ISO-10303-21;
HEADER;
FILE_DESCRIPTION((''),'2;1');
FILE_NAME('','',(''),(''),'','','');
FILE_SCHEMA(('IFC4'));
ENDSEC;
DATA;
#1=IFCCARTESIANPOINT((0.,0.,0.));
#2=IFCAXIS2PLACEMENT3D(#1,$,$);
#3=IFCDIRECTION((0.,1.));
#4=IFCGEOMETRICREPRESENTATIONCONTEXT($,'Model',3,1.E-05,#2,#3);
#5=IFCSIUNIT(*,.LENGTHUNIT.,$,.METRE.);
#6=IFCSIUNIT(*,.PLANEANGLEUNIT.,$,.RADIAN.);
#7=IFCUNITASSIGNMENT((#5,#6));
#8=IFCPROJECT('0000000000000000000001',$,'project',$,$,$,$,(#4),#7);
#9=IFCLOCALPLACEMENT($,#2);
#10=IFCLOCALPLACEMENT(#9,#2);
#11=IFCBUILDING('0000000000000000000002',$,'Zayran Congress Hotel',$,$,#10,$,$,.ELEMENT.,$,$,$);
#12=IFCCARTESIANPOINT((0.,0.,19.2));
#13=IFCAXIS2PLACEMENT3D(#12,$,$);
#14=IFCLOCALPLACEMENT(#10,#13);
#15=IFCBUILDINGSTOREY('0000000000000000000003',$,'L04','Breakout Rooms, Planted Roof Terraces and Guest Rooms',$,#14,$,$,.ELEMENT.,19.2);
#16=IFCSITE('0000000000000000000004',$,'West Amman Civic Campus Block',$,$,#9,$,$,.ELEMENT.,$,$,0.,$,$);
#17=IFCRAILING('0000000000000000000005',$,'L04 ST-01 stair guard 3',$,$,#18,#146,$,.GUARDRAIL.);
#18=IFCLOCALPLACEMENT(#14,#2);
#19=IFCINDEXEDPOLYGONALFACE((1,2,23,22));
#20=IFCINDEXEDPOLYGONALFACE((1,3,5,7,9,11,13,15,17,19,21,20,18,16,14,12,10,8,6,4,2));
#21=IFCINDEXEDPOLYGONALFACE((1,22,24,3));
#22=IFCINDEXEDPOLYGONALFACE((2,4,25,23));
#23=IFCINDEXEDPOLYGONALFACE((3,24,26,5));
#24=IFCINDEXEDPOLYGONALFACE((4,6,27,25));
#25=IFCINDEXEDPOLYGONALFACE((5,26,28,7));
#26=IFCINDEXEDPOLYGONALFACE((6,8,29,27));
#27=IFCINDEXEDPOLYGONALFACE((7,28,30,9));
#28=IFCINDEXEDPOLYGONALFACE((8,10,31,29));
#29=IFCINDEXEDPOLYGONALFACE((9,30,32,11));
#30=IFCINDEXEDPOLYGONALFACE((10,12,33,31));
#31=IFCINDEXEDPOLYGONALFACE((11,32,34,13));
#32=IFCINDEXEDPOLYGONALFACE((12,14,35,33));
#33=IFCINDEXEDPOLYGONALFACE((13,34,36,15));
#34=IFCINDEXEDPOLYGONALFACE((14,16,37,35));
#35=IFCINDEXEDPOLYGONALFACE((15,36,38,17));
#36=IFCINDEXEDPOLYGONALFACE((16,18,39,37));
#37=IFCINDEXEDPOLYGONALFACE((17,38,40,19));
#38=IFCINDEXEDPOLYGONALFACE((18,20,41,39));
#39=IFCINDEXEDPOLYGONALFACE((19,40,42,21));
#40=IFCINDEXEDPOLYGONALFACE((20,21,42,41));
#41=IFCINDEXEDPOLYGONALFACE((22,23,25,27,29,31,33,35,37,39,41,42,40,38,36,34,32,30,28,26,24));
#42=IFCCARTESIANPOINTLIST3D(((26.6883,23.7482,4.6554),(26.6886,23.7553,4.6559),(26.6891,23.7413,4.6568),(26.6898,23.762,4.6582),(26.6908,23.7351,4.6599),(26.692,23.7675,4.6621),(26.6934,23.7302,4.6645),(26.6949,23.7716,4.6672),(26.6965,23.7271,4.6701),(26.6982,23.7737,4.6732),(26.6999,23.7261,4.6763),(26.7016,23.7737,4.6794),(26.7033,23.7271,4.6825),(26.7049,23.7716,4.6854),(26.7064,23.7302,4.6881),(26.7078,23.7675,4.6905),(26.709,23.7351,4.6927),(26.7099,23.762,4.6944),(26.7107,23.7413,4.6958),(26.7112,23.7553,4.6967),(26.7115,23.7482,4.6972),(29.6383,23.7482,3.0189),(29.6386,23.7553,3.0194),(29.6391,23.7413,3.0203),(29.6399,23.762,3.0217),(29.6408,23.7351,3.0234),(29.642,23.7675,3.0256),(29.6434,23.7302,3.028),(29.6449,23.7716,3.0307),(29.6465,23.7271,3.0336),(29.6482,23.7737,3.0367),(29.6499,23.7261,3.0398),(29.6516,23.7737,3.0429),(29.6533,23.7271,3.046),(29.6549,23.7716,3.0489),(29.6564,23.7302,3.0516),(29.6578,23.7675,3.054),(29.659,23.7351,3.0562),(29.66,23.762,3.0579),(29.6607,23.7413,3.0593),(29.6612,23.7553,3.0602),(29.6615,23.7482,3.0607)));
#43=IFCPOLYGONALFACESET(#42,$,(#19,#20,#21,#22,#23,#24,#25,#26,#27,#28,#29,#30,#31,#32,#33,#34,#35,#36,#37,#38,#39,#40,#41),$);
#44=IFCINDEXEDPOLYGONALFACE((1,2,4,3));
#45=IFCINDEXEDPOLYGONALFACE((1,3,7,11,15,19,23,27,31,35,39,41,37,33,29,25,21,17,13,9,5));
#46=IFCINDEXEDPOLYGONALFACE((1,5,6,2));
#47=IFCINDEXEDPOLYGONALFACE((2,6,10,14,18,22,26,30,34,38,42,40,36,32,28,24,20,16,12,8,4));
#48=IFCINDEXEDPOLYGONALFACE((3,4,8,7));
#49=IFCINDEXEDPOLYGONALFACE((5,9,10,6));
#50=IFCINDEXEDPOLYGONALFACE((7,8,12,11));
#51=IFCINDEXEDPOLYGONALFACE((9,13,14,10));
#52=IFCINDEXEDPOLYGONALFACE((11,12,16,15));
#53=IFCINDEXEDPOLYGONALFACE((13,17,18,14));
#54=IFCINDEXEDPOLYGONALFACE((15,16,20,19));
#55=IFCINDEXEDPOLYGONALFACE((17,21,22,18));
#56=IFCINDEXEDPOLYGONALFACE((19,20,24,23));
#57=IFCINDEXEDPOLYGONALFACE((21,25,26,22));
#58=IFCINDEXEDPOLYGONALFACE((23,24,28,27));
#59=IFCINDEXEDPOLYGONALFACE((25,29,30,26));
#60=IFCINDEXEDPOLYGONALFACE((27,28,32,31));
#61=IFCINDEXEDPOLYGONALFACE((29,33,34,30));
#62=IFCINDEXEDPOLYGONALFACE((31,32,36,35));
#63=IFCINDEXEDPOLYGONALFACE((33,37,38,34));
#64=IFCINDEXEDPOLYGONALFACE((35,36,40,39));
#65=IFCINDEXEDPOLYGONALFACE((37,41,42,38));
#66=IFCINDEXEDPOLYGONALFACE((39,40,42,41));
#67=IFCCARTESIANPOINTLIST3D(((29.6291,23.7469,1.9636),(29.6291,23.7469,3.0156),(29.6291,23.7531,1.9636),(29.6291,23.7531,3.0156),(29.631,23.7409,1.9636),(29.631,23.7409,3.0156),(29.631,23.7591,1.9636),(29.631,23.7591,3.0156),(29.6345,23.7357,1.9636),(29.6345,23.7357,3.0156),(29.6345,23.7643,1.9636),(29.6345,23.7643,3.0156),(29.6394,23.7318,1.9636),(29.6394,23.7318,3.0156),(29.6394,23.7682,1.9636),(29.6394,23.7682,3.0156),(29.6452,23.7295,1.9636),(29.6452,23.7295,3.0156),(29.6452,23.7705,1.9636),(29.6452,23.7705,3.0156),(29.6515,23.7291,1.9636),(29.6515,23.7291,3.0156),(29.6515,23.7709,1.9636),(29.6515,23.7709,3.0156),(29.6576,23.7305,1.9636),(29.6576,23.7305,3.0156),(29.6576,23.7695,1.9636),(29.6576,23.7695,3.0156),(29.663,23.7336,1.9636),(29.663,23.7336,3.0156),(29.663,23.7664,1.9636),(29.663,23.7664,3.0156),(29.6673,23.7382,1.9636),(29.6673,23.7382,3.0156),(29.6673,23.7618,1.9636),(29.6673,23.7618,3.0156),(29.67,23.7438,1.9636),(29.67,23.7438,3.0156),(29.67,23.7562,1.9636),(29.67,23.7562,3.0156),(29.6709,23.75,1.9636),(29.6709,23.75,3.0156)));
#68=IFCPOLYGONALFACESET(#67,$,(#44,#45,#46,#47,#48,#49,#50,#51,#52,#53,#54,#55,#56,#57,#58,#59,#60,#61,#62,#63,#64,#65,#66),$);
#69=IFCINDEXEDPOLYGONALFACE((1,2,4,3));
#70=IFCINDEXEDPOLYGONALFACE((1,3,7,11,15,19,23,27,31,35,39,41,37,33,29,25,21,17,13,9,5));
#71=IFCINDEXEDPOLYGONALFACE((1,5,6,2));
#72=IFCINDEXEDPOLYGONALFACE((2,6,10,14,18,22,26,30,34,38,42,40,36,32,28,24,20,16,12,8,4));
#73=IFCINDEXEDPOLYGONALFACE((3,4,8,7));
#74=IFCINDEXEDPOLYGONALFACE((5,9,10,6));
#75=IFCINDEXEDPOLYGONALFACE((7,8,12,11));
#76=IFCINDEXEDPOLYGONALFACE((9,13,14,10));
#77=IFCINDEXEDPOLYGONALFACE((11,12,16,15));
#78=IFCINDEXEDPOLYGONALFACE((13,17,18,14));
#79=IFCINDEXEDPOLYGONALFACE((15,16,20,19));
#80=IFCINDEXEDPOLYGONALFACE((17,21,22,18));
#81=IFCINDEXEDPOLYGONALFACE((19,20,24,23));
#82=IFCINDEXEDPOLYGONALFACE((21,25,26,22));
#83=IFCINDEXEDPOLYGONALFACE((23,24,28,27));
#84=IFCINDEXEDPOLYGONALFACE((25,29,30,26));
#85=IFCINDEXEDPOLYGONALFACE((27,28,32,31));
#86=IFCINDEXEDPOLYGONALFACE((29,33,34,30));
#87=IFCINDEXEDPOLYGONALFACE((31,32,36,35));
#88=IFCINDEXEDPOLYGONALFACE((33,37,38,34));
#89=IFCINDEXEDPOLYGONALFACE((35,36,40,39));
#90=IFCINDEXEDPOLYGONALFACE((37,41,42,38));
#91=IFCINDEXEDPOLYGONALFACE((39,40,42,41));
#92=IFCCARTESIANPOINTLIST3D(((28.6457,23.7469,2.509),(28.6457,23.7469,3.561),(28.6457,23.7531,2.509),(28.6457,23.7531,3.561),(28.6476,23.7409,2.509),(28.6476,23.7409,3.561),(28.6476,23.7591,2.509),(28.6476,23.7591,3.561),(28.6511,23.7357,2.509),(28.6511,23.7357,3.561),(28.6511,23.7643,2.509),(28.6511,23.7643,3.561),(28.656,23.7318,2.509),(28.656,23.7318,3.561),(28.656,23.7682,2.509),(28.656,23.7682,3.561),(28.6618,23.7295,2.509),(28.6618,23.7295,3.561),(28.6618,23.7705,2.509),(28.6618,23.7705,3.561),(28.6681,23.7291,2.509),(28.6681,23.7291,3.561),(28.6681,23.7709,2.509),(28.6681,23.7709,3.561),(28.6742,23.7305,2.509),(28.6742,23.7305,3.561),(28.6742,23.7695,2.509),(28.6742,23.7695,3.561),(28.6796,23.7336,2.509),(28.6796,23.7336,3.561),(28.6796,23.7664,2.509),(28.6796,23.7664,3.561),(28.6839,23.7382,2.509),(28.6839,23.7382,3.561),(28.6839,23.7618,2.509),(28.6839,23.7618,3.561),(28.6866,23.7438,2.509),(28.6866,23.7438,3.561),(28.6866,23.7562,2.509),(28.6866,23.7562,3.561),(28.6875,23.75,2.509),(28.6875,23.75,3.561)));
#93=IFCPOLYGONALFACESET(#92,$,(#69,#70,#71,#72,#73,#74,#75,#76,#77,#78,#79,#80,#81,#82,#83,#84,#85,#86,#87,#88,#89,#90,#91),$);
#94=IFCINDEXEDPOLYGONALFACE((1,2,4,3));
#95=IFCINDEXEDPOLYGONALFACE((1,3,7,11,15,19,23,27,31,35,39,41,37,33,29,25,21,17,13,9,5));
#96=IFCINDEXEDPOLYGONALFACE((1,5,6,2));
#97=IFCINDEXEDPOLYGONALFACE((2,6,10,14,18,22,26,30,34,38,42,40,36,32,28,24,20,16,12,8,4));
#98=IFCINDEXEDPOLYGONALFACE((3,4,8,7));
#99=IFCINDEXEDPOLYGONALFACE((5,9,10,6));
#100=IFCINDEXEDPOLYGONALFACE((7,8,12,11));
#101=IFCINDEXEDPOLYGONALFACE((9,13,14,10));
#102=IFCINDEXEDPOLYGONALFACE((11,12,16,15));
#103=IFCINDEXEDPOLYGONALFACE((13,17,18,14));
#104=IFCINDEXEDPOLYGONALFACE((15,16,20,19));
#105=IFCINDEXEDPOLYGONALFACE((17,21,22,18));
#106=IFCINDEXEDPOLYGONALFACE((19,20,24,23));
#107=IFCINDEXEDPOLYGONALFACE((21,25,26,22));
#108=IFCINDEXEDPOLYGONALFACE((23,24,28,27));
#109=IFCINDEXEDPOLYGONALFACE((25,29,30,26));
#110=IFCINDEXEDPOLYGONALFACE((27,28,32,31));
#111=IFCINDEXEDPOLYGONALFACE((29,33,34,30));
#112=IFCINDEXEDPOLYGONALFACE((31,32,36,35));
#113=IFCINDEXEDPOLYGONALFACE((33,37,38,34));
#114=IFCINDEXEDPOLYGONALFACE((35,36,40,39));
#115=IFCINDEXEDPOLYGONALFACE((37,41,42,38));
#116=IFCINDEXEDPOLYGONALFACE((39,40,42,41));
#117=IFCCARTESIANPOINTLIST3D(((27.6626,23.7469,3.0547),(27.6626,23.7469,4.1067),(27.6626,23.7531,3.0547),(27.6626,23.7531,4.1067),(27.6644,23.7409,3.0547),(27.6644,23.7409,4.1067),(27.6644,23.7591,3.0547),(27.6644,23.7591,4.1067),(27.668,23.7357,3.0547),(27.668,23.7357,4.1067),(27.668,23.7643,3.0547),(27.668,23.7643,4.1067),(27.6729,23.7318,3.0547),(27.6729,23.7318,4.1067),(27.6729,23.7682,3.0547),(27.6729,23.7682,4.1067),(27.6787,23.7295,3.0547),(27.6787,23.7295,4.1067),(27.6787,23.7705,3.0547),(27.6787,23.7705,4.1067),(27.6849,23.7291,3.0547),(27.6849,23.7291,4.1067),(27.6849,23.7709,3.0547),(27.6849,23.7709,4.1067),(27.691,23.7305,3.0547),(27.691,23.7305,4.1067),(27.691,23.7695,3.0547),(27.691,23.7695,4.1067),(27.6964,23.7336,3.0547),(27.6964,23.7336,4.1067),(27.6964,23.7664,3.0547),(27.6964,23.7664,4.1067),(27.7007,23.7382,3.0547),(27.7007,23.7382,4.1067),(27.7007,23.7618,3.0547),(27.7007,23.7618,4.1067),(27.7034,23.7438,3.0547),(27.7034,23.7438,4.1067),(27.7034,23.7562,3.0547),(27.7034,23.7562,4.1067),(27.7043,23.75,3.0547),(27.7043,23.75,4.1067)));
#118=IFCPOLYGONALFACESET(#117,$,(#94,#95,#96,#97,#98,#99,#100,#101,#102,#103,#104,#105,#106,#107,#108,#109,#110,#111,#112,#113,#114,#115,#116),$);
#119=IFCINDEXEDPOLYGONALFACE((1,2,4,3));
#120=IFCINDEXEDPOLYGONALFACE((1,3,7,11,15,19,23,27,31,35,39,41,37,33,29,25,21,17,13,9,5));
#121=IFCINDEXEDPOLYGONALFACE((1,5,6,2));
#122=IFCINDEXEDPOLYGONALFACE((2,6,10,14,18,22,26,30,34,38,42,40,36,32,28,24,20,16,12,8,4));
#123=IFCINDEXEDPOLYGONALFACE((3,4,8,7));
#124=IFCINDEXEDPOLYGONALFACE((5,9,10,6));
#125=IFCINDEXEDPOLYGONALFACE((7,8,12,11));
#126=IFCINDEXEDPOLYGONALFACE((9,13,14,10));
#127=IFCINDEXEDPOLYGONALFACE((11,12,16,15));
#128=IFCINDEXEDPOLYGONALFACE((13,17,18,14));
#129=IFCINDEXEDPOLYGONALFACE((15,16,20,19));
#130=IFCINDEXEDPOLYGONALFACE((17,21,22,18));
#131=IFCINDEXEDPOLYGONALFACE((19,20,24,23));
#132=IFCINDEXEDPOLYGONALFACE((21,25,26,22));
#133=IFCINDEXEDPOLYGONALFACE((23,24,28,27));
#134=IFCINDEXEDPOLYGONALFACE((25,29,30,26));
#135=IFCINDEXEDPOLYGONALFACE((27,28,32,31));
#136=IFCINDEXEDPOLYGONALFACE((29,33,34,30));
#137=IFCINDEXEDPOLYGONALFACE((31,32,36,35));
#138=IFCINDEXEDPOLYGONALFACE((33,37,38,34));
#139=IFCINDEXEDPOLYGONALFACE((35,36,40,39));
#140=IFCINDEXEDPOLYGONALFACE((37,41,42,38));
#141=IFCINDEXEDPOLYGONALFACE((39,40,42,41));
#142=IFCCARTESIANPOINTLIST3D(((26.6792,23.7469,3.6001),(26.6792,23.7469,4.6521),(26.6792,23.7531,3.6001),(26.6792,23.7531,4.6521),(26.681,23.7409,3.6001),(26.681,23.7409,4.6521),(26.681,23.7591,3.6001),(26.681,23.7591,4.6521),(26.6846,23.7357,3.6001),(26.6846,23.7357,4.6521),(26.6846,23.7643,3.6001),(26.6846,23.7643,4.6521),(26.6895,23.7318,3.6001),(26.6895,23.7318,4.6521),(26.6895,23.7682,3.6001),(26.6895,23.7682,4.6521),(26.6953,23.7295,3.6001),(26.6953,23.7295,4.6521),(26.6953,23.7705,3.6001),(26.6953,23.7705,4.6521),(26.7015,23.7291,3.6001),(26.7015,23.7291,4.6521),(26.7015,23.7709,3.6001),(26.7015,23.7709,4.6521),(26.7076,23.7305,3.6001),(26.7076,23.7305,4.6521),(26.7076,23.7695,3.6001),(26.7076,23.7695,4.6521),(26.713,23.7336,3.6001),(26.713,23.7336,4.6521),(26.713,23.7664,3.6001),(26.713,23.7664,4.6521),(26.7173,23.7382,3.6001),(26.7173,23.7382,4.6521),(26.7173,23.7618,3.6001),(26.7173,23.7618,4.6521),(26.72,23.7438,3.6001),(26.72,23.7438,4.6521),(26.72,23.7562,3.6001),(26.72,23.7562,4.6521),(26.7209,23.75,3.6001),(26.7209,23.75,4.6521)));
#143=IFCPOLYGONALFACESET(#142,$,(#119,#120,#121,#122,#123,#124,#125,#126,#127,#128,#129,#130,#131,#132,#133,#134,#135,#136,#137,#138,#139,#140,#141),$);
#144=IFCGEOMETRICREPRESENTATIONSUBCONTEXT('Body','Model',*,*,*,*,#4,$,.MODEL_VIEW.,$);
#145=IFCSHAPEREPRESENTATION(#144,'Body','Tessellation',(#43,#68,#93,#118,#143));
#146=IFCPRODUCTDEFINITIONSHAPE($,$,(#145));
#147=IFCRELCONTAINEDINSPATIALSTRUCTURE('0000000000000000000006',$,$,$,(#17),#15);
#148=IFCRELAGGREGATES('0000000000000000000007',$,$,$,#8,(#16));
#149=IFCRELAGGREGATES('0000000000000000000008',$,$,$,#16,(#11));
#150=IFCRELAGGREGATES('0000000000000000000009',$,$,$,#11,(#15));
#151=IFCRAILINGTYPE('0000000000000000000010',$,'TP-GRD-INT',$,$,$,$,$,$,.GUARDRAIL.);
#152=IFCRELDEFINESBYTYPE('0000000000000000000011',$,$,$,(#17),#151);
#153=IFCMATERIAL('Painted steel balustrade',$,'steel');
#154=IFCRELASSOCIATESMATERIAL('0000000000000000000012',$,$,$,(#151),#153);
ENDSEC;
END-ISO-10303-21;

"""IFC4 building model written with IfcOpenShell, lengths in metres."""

from ifc_helpers import new_model, si_unit, direction, frame, origin, origin_2d, place, context, subcontext, project, spatial, circle, extrude, material, type_object, element, save


model = new_model("IFC4")

# Units and contexts
model_context = context("Model", 3, precision=1e-05, world=origin(), true_north=direction((0.0, 1.0)))
body_context = subcontext(model_context, "Body", "Model", "MODEL_VIEW")
ifc_project = project(units=[si_unit("LENGTHUNIT", "METRE"), si_unit("PLANEANGLEUNIT", "RADIAN")], contexts=[model_context])

# Site, building, storey
site_placement = place(None, origin())
site = spatial("IfcSite", under=ifc_project, at=site_placement, Name="West Amman Civic Campus Block", CompositionType="ELEMENT", RefElevation=0.0)
building_placement = place(site_placement, origin())
building = spatial("IfcBuilding", under=site, at=building_placement, Name="Zayran Congress Hotel", CompositionType="ELEMENT")
storey_placement = place(building_placement, frame((0.0, 0.0, 19.2)))
storey = spatial("IfcBuildingStorey", under=building, at=storey_placement, Name="L04", Description="Breakout Rooms, Planted Roof Terraces and Guest Rooms", CompositionType="ELEMENT", Elevation=19.2)

# Railing
ifc_material_1 = material(Name="Painted steel balustrade", Category="steel")
railing_type_1 = type_object("IfcRailingType", Name="TP-GRD-INT", PredefinedType="GUARDRAIL", material=ifc_material_1)
railing_1_placement = place(storey_placement, frame((29.6499, 23.75, 1.9636)))
element("IfcRailing", 1, at=railing_1_placement, inside=storey, type_object=railing_type_1, Name="L04 ST-01 stair guard 3", PredefinedType="GUARDRAIL", context=body_context, shape_type="SweptSolid", body=[
    extrude(circle(Radius=0.0239, at=origin_2d()), frame((0.0, 0.0, 1.0762), z_axis=(-0.874458, 0.0, 0.485102), x_axis=(0.0, -1.0, 0.0)), (0.0, 0.0, 1.0), 3.3735),
    extrude(circle(Radius=0.021, at=origin_2d()), origin(), (0.0, 0.0, 1.0), 1.052),
    extrude(circle(Radius=0.021, at=origin_2d()), frame((-0.9834, 0.0, 0.5454)), (0.0, 0.0, 1.0), 1.052),
    extrude(circle(Radius=0.021, at=origin_2d()), frame((-1.9666, 0.0, 1.0911)), (0.0, 0.0, 1.0), 1.052),
    extrude(circle(Radius=0.021, at=origin_2d()), frame((-2.95, 0.0, 1.6365)), (0.0, 0.0, 1.0), 1.052),
])

save(model, "model.ifc")
